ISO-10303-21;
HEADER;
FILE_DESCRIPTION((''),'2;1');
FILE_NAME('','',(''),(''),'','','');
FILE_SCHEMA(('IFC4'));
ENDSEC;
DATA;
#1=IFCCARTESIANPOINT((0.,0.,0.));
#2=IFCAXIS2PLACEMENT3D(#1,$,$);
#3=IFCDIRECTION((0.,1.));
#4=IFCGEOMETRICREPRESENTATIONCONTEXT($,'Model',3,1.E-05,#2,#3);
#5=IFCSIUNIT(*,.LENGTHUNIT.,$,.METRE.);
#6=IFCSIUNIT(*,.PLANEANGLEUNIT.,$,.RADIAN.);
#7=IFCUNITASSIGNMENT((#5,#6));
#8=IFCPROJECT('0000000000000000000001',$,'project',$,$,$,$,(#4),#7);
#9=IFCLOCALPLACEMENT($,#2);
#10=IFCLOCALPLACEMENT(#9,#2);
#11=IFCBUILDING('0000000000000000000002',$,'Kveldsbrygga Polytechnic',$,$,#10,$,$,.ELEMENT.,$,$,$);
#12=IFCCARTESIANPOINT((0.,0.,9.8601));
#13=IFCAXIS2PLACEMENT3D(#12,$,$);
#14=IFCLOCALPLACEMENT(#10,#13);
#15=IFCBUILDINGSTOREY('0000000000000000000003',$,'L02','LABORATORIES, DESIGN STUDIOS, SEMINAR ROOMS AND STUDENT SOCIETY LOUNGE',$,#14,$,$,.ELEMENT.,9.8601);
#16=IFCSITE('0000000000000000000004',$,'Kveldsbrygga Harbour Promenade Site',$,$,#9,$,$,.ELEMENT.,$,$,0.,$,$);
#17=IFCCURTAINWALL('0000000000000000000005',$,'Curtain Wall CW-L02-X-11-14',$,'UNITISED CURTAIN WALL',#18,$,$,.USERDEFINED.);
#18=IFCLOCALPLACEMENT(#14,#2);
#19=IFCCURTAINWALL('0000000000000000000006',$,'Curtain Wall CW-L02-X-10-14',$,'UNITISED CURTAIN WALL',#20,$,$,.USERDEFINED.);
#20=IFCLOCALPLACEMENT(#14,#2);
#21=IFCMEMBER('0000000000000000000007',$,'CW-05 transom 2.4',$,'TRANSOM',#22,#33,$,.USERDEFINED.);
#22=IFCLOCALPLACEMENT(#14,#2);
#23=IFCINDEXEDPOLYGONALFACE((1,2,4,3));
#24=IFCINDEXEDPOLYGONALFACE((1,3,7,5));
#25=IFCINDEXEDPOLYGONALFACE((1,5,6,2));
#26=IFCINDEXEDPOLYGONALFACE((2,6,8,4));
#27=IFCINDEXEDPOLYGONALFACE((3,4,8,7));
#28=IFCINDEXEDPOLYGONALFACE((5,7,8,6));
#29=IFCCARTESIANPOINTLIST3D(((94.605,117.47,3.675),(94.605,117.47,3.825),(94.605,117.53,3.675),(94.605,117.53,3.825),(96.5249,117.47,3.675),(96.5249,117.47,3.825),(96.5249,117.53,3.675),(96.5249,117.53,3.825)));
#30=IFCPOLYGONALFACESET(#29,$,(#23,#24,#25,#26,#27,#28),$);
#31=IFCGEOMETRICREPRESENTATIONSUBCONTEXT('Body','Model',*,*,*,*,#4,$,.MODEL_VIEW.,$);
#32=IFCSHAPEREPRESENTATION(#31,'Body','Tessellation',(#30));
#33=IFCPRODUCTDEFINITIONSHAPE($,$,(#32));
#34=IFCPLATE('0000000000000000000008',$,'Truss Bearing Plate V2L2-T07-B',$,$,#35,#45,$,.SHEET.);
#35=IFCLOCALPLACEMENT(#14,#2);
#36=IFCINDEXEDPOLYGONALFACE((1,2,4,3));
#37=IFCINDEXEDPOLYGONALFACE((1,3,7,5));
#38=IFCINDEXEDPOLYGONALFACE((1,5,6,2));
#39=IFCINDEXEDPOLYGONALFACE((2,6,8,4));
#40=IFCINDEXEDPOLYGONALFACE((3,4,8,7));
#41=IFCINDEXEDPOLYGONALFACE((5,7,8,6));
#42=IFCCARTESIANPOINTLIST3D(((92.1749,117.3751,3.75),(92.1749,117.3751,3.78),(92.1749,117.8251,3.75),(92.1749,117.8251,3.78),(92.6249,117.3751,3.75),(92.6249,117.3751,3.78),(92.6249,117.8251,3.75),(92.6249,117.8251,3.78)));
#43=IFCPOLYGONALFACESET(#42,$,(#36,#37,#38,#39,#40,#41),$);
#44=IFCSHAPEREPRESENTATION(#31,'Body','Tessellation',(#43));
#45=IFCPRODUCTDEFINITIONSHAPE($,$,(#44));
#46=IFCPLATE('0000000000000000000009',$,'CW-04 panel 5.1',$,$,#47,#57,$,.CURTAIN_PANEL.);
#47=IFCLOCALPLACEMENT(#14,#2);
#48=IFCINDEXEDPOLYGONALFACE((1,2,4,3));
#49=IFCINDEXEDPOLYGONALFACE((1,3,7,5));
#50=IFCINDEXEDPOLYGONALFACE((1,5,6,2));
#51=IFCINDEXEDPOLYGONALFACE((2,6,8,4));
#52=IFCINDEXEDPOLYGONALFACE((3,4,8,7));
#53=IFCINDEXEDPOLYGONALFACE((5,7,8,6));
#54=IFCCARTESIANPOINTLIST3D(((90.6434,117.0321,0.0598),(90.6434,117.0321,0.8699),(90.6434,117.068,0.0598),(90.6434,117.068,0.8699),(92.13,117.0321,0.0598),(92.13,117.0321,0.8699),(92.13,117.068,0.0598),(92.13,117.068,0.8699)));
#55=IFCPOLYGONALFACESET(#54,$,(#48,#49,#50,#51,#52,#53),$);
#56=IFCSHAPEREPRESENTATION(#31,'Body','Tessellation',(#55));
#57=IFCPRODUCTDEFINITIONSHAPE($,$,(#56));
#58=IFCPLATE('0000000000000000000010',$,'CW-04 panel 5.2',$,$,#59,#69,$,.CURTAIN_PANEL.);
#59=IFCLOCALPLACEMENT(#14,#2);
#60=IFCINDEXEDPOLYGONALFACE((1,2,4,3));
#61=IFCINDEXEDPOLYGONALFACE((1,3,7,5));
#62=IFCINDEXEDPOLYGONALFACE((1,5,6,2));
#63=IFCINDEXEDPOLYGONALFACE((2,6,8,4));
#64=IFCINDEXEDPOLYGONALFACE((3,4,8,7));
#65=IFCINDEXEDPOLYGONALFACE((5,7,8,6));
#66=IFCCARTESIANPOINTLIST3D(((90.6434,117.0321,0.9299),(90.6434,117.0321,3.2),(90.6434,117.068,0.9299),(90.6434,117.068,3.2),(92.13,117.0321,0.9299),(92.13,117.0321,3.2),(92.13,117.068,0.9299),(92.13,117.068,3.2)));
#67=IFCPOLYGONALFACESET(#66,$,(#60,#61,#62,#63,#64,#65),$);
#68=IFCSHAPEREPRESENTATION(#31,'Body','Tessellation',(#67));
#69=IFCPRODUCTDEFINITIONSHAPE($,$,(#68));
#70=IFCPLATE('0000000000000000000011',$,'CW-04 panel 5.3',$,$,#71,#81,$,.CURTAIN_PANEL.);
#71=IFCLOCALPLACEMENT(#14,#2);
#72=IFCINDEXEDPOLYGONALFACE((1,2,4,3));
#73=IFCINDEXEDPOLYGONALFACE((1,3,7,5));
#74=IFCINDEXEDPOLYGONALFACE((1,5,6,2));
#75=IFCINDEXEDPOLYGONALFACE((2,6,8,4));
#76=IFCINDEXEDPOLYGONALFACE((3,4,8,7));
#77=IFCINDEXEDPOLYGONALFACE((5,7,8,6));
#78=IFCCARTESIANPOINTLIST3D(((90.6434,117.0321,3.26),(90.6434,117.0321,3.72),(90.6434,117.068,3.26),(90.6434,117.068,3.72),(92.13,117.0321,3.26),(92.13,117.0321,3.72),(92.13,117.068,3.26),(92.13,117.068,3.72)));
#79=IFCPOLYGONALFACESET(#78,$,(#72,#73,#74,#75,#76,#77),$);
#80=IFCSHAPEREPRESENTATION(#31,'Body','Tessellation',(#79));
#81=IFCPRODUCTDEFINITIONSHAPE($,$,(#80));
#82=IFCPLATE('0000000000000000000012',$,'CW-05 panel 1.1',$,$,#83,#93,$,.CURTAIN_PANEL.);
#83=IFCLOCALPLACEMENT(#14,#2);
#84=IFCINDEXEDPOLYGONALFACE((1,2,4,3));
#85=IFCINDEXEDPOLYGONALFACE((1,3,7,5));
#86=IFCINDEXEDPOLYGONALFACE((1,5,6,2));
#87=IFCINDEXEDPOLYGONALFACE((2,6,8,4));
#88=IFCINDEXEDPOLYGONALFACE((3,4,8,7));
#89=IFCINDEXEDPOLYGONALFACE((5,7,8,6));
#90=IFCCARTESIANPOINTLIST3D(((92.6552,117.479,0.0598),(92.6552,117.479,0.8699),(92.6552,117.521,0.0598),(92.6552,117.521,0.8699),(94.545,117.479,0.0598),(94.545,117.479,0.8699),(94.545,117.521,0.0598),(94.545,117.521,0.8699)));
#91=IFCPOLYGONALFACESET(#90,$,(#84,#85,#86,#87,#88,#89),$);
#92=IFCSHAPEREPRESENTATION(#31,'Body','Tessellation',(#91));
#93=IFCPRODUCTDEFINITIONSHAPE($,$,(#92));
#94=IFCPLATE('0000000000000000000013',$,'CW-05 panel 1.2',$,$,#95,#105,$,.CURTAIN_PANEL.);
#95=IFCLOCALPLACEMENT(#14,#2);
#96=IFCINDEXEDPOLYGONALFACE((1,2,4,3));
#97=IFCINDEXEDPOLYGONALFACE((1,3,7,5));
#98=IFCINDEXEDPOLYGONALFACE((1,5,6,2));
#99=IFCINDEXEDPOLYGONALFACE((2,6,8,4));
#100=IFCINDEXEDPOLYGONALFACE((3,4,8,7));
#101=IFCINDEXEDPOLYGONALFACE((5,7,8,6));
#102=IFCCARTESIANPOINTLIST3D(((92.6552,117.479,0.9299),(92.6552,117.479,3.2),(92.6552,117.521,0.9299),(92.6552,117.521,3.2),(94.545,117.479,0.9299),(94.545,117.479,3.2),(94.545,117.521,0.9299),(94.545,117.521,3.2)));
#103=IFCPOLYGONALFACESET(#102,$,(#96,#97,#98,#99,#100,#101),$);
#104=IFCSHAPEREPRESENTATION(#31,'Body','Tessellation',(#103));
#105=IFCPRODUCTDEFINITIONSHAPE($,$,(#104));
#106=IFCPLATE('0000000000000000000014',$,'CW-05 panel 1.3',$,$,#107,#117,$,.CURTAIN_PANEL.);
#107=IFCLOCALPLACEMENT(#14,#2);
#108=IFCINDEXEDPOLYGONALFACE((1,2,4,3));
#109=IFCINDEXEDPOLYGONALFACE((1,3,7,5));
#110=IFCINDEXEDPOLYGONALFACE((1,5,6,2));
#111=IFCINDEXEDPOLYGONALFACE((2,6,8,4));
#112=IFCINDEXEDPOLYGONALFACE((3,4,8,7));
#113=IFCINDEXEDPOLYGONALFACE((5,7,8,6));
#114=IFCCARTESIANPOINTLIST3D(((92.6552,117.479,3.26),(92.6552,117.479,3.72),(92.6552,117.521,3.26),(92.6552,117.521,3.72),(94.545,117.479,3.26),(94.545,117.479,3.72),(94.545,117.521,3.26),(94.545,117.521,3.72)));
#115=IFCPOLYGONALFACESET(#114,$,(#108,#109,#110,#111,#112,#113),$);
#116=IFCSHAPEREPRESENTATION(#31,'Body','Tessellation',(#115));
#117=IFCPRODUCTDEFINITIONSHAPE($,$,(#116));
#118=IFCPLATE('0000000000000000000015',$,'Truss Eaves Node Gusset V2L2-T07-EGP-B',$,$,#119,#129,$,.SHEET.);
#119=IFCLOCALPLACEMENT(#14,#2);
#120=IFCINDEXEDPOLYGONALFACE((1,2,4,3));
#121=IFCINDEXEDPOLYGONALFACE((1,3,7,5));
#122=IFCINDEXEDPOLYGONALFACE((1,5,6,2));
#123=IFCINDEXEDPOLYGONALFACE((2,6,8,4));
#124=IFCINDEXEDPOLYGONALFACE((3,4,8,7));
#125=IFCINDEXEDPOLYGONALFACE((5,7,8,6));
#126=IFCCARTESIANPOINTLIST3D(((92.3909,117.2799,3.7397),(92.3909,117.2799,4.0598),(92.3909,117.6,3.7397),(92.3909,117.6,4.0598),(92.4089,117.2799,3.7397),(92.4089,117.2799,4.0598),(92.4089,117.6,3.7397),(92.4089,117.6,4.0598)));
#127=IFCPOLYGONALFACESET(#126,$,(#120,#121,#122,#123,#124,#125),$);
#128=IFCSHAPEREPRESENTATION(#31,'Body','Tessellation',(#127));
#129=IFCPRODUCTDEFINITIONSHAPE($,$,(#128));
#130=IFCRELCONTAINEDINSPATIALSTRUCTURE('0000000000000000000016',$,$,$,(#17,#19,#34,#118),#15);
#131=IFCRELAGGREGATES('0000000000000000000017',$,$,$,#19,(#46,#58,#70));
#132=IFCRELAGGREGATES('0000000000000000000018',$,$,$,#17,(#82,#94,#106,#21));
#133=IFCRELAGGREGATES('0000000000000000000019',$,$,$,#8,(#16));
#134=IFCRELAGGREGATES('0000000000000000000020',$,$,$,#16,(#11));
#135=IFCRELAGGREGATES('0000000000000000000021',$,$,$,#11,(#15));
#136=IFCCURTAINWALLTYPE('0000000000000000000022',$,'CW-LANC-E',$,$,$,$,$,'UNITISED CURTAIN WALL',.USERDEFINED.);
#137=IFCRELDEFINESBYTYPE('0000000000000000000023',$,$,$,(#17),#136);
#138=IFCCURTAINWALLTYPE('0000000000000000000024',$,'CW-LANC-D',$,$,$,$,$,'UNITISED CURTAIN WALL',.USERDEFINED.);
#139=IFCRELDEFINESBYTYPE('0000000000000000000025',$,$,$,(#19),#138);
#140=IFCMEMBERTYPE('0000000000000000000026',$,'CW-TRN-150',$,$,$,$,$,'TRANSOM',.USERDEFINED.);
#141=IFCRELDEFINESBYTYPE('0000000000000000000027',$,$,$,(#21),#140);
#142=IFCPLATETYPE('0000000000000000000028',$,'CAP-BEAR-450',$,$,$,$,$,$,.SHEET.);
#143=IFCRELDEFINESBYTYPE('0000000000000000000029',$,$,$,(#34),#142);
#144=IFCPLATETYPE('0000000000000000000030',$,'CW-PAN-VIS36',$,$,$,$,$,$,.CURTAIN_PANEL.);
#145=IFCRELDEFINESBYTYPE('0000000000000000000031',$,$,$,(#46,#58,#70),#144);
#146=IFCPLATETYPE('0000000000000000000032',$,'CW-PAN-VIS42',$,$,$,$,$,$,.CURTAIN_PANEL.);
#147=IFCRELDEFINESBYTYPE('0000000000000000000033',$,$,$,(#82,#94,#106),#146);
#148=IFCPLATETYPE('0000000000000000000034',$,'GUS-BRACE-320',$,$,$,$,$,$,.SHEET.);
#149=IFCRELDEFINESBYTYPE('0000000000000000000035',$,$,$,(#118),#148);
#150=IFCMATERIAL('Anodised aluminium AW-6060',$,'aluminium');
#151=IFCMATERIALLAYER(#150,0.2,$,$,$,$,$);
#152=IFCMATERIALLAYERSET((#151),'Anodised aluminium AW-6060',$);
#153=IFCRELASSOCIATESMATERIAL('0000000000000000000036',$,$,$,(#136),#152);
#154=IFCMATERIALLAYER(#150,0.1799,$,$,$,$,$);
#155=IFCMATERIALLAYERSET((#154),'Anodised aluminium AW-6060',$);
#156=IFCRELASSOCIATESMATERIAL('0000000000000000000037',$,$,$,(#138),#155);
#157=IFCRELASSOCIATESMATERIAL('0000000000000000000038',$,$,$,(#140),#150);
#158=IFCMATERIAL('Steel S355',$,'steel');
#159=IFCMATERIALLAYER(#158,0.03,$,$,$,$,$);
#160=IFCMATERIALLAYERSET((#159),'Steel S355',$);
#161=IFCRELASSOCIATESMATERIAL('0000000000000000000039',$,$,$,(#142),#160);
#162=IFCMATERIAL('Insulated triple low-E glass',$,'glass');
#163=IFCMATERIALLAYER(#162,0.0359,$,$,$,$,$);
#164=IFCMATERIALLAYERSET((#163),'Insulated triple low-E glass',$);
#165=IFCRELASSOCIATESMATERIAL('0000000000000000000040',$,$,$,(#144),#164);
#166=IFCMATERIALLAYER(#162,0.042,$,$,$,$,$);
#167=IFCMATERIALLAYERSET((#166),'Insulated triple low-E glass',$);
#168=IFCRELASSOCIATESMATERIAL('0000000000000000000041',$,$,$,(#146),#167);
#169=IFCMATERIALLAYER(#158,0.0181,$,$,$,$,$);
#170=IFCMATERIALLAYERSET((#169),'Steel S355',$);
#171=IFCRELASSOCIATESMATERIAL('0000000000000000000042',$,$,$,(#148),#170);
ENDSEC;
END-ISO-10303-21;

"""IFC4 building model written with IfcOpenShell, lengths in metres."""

from ifc_helpers import new_model, si_unit, direction, frame, origin, origin_2d, place, context, subcontext, project, spatial, rectangle, extrude, material, layer, layer_set, material_profile, profile_set, type_object, element, aggregate, save


model = new_model("IFC4")

# Units and contexts
model_context = context("Model", 3, precision=1e-05, world=origin(), true_north=direction((0.0, 1.0)))
body_context = subcontext(model_context, "Body", "Model", "MODEL_VIEW")
ifc_project = project(units=[si_unit("LENGTHUNIT", "METRE"), si_unit("PLANEANGLEUNIT", "RADIAN")], contexts=[model_context])

# Site, building, storey
site_placement = place(None, origin())
site = spatial("IfcSite", under=ifc_project, at=site_placement, Name="Kveldsbrygga Harbour Promenade Site", CompositionType="ELEMENT", RefElevation=0.0)
building_placement = place(site_placement, origin())
building = spatial("IfcBuilding", under=site, at=building_placement, Name="Kveldsbrygga Polytechnic", CompositionType="ELEMENT")
storey_placement = place(building_placement, frame((0.0, 0.0, 9.8601)))
storey = spatial("IfcBuildingStorey", under=building, at=storey_placement, Name="L02", Description="LABORATORIES, DESIGN STUDIOS, SEMINAR ROOMS AND STUDENT SOCIETY LOUNGE", CompositionType="ELEMENT", Elevation=9.8601)

# Curtain walls
ifc_material_1 = material(Name="Anodised aluminium AW-6060", Category="aluminium")
ifc_layer_1 = layer(ifc_material_1, 0.2)
ifc_layer_set_1 = layer_set([ifc_layer_1], Name="Anodised aluminium AW-6060")
curtain_wall_type_1 = type_object("IfcCurtainWallType", Name="CW-LANC-E", ElementType="UNITISED CURTAIN WALL", PredefinedType="USERDEFINED", material=ifc_layer_set_1)
curtain_wall_1_placement = place(storey_placement, origin())
curtain_wall_1 = element("IfcCurtainWall", 1, at=curtain_wall_1_placement, inside=storey, type_object=curtain_wall_type_1, Name="Curtain Wall CW-L02-X-11-14", ObjectType="UNITISED CURTAIN WALL", PredefinedType="USERDEFINED")
ifc_layer_2 = layer(ifc_material_1, 0.1799)
ifc_layer_set_2 = layer_set([ifc_layer_2], Name="Anodised aluminium AW-6060")
curtain_wall_type_2 = type_object("IfcCurtainWallType", Name="CW-LANC-D", ElementType="UNITISED CURTAIN WALL", PredefinedType="USERDEFINED", material=ifc_layer_set_2)
curtain_wall_2_placement = place(storey_placement, origin())
curtain_wall_2 = element("IfcCurtainWall", 2, at=curtain_wall_2_placement, inside=storey, type_object=curtain_wall_type_2, Name="Curtain Wall CW-L02-X-10-14", ObjectType="UNITISED CURTAIN WALL", PredefinedType="USERDEFINED")

# Member
ifc_material_profile_1 = material_profile(ifc_material_1, rectangle(XDim=0.0601, YDim=0.1499, at=origin_2d()), Name="ALU 60x150")
ifc_profile_set_1 = profile_set([ifc_material_profile_1], Name="Anodised aluminium AW-6060")
member_type_1 = type_object("IfcMemberType", Name="CW-TRN-150", ElementType="TRANSOM", PredefinedType="USERDEFINED", material=ifc_profile_set_1)
member_1_placement = place(storey_placement, frame((94.605, 117.5, 3.75), z_axis=(1.0, 0.0, 0.0), x_axis=(0.0, 1.0, 0.0)))
member_1 = element("IfcMember", 3, at=member_1_placement, type_object=member_type_1, Name="CW-05 transom 2.4", ObjectType="TRANSOM", PredefinedType="USERDEFINED", context=body_context, shape_type="SweptSolid", body=[
    extrude(rectangle(XDim=0.0601, YDim=0.1499, at=origin_2d()), origin(), (0.0, 0.0, 1.0), 1.9199),
])

# Plates
ifc_material_2 = material(Name="Steel S355", Category="steel")
ifc_layer_3 = layer(ifc_material_2, 0.03)
ifc_layer_set_3 = layer_set([ifc_layer_3], Name="Steel S355")
plate_type_1 = type_object("IfcPlateType", Name="CAP-BEAR-450", PredefinedType="SHEET", material=ifc_layer_set_3)
plate_1_placement = place(storey_placement, frame((92.3999, 117.6001, 3.75), z_axis=(0.0, 0.0, 1.0), x_axis=(1.0, 0.0, 0.0)))
element("IfcPlate", 4, at=plate_1_placement, inside=storey, type_object=plate_type_1, Name="Truss Bearing Plate V2L2-T07-B", PredefinedType="SHEET", context=body_context, shape_type="SweptSolid", body=[
    extrude(rectangle(XDim=0.45, YDim=0.45, at=origin_2d()), origin(), (0.0, 0.0, 1.0), 0.03),
])
ifc_material_3 = material(Name="Insulated triple low-E glass", Category="glass")
ifc_layer_4 = layer(ifc_material_3, 0.0359)
ifc_layer_set_4 = layer_set([ifc_layer_4], Name="Insulated triple low-E glass")
plate_type_2 = type_object("IfcPlateType", Name="CW-PAN-VIS36", PredefinedType="CURTAIN_PANEL", material=ifc_layer_set_4)
plate_2_placement = place(storey_placement, frame((91.3867, 117.05, 0.0598), z_axis=(0.0, 0.0, 1.0), x_axis=(1.0, 0.0, 0.0)))
plate_2 = element("IfcPlate", 5, at=plate_2_placement, type_object=plate_type_2, Name="CW-04 panel 5.1", PredefinedType="CURTAIN_PANEL", context=body_context, shape_type="SweptSolid", body=[
    extrude(rectangle(XDim=1.4866, YDim=0.0359, at=origin_2d()), origin(), (0.0, 0.0, 1.0), 0.8101),
])
plate_3_placement = place(storey_placement, frame((91.3867, 117.05, 0.9299), z_axis=(0.0, 0.0, 1.0), x_axis=(1.0, 0.0, 0.0)))
plate_3 = element("IfcPlate", 6, at=plate_3_placement, type_object=plate_type_2, Name="CW-04 panel 5.2", PredefinedType="CURTAIN_PANEL", context=body_context, shape_type="SweptSolid", body=[
    extrude(rectangle(XDim=1.4866, YDim=0.0359, at=origin_2d()), origin(), (0.0, 0.0, 1.0), 2.27),
])
plate_4_placement = place(storey_placement, frame((91.3867, 117.05, 3.26), z_axis=(0.0, 0.0, 1.0), x_axis=(1.0, 0.0, 0.0)))
plate_4 = element("IfcPlate", 7, at=plate_4_placement, type_object=plate_type_2, Name="CW-04 panel 5.3", PredefinedType="CURTAIN_PANEL", context=body_context, shape_type="SweptSolid", body=[
    extrude(rectangle(XDim=1.4866, YDim=0.0359, at=origin_2d()), origin(), (0.0, 0.0, 1.0), 0.46),
])
aggregate(curtain_wall_2, [plate_2, plate_3, plate_4])
ifc_layer_5 = layer(ifc_material_3, 0.042)
ifc_layer_set_5 = layer_set([ifc_layer_5], Name="Insulated triple low-E glass")
plate_type_3 = type_object("IfcPlateType", Name="CW-PAN-VIS42", PredefinedType="CURTAIN_PANEL", material=ifc_layer_set_5)
plate_5_placement = place(storey_placement, frame((93.6001, 117.5, 0.0598), z_axis=(0.0, 0.0, 1.0), x_axis=(1.0, 0.0, 0.0)))
plate_5 = element("IfcPlate", 8, at=plate_5_placement, type_object=plate_type_3, Name="CW-05 panel 1.1", PredefinedType="CURTAIN_PANEL", context=body_context, shape_type="SweptSolid", body=[
    extrude(rectangle(XDim=1.8899, YDim=0.042, at=origin_2d()), origin(), (0.0, 0.0, 1.0), 0.8101),
])
plate_6_placement = place(storey_placement, frame((93.6001, 117.5, 0.9299), z_axis=(0.0, 0.0, 1.0), x_axis=(1.0, 0.0, 0.0)))
plate_6 = element("IfcPlate", 9, at=plate_6_placement, type_object=plate_type_3, Name="CW-05 panel 1.2", PredefinedType="CURTAIN_PANEL", context=body_context, shape_type="SweptSolid", body=[
    extrude(rectangle(XDim=1.8899, YDim=0.042, at=origin_2d()), origin(), (0.0, 0.0, 1.0), 2.27),
])
plate_7_placement = place(storey_placement, frame((93.6001, 117.5, 3.26), z_axis=(0.0, 0.0, 1.0), x_axis=(1.0, 0.0, 0.0)))
plate_7 = element("IfcPlate", 10, at=plate_7_placement, type_object=plate_type_3, Name="CW-05 panel 1.3", PredefinedType="CURTAIN_PANEL", context=body_context, shape_type="SweptSolid", body=[
    extrude(rectangle(XDim=1.8899, YDim=0.042, at=origin_2d()), origin(), (0.0, 0.0, 1.0), 0.46),
])
aggregate(curtain_wall_1, [plate_5, plate_6, plate_7, member_1])
ifc_layer_6 = layer(ifc_material_2, 0.0181)
ifc_layer_set_6 = layer_set([ifc_layer_6], Name="Steel S355")
plate_type_4 = type_object("IfcPlateType", Name="GUS-BRACE-320", PredefinedType="SHEET", material=ifc_layer_set_6)
plate_8_placement = place(storey_placement, frame((92.3999, 117.4399, 3.7397), z_axis=(0.0, 0.0, 1.0), x_axis=(1.0, 0.0, 0.0)))
element("IfcPlate", 11, at=plate_8_placement, inside=storey, type_object=plate_type_4, Name="Truss Eaves Node Gusset V2L2-T07-EGP-B", PredefinedType="SHEET", context=body_context, shape_type="SweptSolid", body=[
    extrude(rectangle(XDim=0.0181, YDim=0.3201, at=origin_2d()), origin(), (0.0, 0.0, 1.0), 0.3201),
])

save(model, "model.ifc")
